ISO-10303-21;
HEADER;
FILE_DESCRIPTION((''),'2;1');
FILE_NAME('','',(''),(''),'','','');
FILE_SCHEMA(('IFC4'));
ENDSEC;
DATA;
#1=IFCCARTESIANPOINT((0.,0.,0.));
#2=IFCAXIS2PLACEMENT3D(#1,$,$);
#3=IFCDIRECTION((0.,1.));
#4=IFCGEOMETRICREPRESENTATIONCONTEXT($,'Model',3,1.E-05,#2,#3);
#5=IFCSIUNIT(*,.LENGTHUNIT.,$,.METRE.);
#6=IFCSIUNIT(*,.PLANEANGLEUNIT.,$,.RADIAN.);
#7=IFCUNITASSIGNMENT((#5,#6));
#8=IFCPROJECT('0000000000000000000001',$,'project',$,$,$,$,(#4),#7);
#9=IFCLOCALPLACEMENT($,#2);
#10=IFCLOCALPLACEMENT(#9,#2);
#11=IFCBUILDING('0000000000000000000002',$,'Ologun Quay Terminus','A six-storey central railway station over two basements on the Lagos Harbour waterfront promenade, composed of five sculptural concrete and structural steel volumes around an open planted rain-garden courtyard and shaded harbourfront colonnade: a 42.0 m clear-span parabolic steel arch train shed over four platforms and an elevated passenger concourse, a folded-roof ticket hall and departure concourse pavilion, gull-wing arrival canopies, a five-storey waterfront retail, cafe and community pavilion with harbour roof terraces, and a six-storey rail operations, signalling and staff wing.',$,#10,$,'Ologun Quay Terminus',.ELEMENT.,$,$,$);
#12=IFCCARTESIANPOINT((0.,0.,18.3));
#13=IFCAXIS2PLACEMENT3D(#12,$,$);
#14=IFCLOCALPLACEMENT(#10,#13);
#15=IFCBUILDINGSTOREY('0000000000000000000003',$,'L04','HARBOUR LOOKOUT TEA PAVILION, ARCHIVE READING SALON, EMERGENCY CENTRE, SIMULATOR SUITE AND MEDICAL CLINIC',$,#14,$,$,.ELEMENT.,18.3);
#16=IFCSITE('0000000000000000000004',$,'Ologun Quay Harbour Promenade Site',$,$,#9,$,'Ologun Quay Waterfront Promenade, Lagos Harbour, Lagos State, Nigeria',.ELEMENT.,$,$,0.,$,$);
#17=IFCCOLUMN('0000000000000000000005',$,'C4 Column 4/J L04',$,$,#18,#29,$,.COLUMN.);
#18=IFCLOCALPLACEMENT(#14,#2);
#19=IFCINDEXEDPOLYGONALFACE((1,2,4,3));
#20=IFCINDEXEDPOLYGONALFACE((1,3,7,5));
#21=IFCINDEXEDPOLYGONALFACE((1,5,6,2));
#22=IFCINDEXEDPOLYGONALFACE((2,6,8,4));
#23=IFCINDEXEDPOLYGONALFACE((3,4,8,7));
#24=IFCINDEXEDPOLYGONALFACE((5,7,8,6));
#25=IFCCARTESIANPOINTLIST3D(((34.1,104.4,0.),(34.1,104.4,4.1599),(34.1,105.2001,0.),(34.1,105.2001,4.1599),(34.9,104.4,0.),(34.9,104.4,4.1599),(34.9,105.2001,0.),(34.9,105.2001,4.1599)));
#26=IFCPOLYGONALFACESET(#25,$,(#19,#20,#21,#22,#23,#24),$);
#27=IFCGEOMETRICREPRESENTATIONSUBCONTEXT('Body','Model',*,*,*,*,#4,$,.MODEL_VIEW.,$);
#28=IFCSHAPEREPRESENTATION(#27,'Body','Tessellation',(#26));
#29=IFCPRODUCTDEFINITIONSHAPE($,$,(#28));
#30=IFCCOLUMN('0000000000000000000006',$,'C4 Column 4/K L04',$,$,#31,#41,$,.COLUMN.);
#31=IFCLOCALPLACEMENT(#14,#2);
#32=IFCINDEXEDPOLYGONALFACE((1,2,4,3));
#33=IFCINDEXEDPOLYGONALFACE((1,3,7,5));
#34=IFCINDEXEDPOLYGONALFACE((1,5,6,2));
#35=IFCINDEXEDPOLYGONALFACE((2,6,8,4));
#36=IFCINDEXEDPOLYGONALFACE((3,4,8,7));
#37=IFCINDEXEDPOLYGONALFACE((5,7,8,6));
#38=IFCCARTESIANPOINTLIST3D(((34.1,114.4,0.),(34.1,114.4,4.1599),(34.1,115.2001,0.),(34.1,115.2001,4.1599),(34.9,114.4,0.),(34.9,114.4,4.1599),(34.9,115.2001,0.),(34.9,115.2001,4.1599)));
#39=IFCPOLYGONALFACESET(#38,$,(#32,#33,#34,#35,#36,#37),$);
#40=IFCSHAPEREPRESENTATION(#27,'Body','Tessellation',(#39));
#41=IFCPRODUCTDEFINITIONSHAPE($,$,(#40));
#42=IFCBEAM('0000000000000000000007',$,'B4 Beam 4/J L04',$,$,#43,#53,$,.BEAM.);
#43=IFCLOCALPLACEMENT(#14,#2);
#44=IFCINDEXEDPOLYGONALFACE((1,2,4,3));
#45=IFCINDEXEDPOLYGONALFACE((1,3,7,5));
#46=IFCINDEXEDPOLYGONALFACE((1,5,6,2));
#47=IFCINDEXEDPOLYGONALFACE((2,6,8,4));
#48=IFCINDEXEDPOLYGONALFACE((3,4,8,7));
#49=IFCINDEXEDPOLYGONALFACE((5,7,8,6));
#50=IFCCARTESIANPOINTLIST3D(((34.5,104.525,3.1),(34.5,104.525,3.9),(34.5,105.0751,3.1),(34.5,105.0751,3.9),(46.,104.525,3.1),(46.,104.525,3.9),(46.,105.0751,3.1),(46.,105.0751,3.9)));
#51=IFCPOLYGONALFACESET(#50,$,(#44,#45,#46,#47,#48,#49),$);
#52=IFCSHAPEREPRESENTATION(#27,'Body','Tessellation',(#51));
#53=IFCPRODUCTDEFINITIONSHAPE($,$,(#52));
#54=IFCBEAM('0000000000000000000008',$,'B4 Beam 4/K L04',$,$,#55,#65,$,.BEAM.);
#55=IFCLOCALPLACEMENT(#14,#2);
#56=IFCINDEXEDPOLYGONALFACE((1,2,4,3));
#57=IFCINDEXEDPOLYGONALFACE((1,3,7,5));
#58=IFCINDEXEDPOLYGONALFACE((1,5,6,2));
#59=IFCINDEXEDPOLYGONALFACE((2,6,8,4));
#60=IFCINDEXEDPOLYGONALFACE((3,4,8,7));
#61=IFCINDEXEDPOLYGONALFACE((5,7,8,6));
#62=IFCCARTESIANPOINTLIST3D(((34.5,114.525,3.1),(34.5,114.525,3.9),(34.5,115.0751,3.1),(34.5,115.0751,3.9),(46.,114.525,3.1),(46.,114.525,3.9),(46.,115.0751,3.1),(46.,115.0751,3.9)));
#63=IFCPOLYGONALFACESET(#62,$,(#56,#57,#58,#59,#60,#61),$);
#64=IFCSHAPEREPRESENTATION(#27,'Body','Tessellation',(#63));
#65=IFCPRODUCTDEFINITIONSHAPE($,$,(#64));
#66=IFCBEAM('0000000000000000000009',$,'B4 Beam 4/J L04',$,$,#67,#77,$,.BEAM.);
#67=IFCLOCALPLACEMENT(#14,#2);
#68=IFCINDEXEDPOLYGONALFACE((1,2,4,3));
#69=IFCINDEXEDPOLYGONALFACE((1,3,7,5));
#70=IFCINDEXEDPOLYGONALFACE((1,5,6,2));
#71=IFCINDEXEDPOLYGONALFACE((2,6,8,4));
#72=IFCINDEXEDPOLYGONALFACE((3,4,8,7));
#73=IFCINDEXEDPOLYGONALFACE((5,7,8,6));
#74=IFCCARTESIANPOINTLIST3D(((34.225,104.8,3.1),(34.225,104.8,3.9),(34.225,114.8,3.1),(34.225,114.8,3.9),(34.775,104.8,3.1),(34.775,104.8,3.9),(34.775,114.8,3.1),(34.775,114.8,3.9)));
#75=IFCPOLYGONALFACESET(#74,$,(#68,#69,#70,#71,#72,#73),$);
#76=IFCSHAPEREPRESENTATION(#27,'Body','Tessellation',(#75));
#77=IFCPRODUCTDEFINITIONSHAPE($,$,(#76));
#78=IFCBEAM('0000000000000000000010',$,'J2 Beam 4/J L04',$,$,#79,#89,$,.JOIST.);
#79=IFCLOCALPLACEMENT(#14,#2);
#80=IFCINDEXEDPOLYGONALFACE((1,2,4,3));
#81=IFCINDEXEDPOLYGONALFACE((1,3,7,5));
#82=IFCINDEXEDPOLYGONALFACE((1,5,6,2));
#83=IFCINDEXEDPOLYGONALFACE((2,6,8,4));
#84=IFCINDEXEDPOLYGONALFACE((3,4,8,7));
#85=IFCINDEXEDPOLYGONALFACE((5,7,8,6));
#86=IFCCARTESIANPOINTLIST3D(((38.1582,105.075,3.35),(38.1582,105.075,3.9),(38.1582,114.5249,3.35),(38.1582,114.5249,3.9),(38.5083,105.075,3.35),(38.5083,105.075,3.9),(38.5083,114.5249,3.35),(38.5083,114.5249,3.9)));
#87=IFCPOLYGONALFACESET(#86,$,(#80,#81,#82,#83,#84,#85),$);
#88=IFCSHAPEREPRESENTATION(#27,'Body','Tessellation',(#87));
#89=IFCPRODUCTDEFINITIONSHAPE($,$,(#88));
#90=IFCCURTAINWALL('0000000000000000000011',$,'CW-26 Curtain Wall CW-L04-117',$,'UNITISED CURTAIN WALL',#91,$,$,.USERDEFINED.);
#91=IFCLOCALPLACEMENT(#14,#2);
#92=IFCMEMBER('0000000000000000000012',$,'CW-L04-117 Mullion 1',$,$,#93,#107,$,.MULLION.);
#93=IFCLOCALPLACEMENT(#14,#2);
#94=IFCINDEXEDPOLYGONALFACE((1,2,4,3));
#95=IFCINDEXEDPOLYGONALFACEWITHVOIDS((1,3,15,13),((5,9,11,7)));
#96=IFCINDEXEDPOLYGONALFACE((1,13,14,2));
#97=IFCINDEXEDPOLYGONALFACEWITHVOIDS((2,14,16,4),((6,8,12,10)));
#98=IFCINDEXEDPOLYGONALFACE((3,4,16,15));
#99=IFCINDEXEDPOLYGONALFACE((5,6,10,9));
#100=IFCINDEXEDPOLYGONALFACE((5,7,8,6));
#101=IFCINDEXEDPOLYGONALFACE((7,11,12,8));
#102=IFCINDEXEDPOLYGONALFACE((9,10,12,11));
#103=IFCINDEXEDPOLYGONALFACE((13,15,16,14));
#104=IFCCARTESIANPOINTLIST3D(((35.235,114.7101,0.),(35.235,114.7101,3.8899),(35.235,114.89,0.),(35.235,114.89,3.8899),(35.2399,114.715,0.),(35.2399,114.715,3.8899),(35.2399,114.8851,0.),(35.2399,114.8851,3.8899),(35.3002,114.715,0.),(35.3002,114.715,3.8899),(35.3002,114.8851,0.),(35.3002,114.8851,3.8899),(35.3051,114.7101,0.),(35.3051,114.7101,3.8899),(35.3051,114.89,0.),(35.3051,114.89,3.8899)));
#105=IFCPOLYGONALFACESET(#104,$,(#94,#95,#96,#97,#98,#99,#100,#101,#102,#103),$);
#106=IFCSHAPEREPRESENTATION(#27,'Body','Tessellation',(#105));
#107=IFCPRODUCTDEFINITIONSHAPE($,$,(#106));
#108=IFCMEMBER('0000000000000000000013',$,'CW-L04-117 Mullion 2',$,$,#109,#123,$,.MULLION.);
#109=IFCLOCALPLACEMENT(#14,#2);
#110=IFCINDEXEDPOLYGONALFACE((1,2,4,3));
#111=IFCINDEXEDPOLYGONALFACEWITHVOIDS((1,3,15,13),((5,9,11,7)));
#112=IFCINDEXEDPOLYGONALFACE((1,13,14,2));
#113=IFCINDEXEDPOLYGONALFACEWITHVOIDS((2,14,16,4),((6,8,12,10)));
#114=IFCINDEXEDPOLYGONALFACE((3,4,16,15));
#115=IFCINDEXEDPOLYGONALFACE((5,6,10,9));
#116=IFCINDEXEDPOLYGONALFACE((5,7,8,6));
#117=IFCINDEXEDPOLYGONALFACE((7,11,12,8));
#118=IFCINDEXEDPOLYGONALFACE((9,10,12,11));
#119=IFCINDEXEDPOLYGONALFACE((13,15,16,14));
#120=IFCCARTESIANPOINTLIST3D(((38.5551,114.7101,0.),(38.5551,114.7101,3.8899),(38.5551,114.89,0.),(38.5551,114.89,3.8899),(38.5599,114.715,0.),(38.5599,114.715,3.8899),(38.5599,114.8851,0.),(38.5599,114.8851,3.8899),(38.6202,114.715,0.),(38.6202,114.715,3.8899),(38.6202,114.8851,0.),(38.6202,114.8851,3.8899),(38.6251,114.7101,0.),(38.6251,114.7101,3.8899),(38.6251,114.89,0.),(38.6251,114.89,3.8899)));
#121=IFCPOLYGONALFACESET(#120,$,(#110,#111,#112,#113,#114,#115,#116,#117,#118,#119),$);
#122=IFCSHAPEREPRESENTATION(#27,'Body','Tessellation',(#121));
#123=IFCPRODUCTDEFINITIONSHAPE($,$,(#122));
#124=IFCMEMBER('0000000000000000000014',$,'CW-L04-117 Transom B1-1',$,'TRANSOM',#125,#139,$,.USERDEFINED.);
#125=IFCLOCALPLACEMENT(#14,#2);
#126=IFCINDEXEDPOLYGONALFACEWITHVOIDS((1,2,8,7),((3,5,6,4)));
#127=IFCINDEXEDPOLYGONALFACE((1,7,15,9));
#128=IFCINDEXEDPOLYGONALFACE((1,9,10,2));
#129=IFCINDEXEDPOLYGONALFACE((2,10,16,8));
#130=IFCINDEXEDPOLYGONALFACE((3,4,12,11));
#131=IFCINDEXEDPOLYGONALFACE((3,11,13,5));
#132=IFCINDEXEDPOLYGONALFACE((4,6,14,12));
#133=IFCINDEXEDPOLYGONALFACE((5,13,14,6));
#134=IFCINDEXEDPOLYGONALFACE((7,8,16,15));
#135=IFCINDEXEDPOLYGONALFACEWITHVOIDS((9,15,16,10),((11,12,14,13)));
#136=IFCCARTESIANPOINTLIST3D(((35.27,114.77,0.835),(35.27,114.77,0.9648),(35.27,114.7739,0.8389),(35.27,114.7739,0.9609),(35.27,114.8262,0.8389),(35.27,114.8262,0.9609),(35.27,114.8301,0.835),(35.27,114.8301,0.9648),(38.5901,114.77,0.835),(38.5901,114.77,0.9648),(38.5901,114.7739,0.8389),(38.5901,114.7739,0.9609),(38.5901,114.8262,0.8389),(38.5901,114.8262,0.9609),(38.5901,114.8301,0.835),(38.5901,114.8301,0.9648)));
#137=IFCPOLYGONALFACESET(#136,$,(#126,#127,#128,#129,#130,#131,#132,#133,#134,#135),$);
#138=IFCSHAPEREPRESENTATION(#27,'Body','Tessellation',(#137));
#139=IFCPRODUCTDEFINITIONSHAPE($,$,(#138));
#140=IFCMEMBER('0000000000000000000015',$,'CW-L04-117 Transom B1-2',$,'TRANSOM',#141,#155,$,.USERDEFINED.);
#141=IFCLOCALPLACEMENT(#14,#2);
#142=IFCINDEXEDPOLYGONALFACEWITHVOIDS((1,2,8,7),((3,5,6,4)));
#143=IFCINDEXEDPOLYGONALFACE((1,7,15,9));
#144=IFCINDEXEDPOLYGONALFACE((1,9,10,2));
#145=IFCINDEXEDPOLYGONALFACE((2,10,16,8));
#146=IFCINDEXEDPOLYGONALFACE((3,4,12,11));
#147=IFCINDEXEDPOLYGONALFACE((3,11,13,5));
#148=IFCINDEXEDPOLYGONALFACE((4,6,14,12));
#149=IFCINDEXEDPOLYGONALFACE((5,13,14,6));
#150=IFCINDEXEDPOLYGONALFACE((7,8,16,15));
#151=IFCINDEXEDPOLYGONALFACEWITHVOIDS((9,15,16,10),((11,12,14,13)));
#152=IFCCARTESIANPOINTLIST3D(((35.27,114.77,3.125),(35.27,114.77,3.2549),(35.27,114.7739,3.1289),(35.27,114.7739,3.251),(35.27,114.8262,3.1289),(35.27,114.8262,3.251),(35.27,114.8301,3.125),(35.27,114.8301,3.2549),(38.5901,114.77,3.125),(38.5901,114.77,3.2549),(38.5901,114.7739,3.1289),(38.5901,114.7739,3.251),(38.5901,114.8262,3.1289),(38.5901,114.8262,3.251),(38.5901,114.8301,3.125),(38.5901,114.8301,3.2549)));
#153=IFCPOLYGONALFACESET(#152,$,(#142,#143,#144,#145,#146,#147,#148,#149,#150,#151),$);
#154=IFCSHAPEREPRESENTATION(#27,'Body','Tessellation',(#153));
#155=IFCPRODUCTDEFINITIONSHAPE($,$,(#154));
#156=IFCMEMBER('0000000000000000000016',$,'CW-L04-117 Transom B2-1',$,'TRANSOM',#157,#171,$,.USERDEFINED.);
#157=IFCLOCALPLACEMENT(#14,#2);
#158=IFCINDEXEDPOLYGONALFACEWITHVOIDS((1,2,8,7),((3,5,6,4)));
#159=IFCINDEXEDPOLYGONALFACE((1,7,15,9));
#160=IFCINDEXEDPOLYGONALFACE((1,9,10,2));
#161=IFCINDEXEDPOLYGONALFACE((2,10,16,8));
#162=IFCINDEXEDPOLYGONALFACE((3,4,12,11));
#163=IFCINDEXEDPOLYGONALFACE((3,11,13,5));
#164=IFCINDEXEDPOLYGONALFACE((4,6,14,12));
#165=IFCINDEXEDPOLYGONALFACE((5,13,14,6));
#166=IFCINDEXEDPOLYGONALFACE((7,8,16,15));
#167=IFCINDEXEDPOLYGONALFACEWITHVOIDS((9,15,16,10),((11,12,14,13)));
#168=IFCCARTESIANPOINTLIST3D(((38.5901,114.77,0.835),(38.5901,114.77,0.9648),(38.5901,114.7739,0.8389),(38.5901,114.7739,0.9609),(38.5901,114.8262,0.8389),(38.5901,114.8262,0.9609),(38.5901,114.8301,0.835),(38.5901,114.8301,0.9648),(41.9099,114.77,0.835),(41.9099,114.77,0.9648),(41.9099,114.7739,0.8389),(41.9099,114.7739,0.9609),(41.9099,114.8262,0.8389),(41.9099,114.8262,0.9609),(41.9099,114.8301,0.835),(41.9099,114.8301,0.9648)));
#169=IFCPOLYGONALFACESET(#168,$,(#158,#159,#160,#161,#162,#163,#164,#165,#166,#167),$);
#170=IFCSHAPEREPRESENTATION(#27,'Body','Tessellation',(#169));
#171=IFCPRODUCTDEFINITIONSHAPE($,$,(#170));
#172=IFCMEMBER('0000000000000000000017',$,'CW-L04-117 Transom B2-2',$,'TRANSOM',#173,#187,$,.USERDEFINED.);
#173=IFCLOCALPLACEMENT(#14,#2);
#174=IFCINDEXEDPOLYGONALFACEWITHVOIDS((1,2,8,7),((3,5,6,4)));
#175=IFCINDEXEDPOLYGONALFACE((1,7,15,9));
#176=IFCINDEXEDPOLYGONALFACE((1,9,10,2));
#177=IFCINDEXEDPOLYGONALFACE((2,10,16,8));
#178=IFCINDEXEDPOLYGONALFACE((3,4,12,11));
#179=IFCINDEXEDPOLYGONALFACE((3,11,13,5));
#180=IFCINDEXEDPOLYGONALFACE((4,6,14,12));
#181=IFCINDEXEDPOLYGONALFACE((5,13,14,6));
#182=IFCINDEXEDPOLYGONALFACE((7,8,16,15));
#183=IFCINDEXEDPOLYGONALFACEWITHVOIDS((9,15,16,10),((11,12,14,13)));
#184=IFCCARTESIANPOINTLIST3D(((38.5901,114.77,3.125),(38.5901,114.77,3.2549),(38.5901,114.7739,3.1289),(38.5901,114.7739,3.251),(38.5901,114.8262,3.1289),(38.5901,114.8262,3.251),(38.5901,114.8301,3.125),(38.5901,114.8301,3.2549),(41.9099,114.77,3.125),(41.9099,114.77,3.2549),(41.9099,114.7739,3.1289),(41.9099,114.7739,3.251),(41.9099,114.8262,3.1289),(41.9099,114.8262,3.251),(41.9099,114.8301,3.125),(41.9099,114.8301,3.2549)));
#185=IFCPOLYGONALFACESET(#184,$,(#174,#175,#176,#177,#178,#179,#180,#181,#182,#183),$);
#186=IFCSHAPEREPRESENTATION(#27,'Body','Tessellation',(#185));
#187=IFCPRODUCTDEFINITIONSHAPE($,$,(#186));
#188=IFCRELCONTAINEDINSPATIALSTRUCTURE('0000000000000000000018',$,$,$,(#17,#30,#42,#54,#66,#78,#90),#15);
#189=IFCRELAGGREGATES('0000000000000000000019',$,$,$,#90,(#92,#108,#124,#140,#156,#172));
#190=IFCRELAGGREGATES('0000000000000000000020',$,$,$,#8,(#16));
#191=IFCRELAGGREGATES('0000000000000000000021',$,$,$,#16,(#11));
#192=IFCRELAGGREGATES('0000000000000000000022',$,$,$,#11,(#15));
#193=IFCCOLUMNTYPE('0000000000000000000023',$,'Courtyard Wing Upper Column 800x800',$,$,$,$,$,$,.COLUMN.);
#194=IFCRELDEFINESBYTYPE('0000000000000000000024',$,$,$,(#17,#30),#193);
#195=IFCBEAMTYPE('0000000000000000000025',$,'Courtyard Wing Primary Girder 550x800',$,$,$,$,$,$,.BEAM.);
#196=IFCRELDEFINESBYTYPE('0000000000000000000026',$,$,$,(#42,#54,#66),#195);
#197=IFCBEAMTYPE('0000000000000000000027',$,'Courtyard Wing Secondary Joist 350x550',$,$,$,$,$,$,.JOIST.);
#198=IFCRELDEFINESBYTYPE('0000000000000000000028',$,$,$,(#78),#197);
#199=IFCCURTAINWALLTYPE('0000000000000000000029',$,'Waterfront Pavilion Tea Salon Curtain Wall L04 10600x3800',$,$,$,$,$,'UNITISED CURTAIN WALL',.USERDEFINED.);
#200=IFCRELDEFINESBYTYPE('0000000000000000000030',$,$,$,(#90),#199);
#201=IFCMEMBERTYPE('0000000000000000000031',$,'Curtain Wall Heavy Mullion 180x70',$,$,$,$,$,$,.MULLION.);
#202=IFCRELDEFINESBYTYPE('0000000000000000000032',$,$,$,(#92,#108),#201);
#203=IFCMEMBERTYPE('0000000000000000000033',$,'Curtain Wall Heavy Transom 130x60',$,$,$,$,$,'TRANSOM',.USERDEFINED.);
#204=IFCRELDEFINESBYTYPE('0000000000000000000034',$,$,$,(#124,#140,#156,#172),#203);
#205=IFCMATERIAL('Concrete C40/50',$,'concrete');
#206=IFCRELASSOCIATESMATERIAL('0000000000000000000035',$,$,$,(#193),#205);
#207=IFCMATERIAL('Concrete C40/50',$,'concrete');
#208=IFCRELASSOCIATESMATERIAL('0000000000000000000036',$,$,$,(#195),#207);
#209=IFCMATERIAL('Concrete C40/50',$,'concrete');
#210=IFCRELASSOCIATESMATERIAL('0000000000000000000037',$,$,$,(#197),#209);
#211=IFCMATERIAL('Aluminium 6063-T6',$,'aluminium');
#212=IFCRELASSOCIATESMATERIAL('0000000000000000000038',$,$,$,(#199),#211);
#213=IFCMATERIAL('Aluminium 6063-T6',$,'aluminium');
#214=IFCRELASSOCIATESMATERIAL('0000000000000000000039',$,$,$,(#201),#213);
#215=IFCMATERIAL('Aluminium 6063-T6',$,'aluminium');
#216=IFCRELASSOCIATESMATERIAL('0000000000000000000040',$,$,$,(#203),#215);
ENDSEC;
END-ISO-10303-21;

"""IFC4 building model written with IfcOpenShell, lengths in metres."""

from ifc_helpers import new_model, si_unit, direction, frame, origin, origin_2d, place, context, subcontext, project, spatial, rectangle, hollow_rectangle, extrude, material, material_profile, profile_set, type_object, element, aggregate, save


model = new_model("IFC4")

# Units and contexts
model_context = context("Model", 3, precision=1e-05, world=origin(), true_north=direction((0.0, 1.0)))
body_context = subcontext(model_context, "Body", "Model", "MODEL_VIEW")
ifc_project = project(units=[si_unit("LENGTHUNIT", "METRE"), si_unit("PLANEANGLEUNIT", "RADIAN")], contexts=[model_context])

# Site, building, storey
site_placement = place(None, origin())
site = spatial("IfcSite", under=ifc_project, at=site_placement, Name="Ologun Quay Harbour Promenade Site", LongName="Ologun Quay Waterfront Promenade, Lagos Harbour, Lagos State, Nigeria", CompositionType="ELEMENT", RefElevation=0.0)
building_placement = place(site_placement, origin())
building = spatial("IfcBuilding", under=site, at=building_placement, Name="Ologun Quay Terminus", Description="A six-storey central railway station over two basements on the Lagos Harbour waterfront promenade, composed of five sculptural concrete and structural steel volumes around an open planted rain-garden courtyard and shaded harbourfront colonnade: a 42.0 m clear-span parabolic steel arch train shed over four platforms and an elevated passenger concourse, a folded-roof ticket hall and departure concourse pavilion, gull-wing arrival canopies, a five-storey waterfront retail, cafe and community pavilion with harbour roof terraces, and a six-storey rail operations, signalling and staff wing.", LongName="Ologun Quay Terminus", CompositionType="ELEMENT")
storey_placement = place(building_placement, frame((0.0, 0.0, 18.3)))
storey = spatial("IfcBuildingStorey", under=building, at=storey_placement, Name="L04", Description="HARBOUR LOOKOUT TEA PAVILION, ARCHIVE READING SALON, EMERGENCY CENTRE, SIMULATOR SUITE AND MEDICAL CLINIC", CompositionType="ELEMENT", Elevation=18.3)

# Columns
ifc_material_1 = material(Name="Concrete C40/50", Category="concrete")
ifc_material_profile_1 = material_profile(ifc_material_1, rectangle(XDim=0.8, YDim=0.8, at=origin_2d()), Name="RC 800x800")
ifc_profile_set_1 = profile_set([ifc_material_profile_1], Name="Concrete C40/50")
column_type = type_object("IfcColumnType", Name="Courtyard Wing Upper Column 800x800", PredefinedType="COLUMN", material=ifc_profile_set_1)
for number, where, z_axis, x_axis, name in (
    (1, (34.5, 104.8, 0.0), (0.0, 0.0, 1.0), (1.0, 0.0, 0.0), "C4 Column 4/J L04"),
    (2, (34.5, 114.8, 0.0), (0.0, 0.0, 1.0), (1.0, 0.0, 0.0), "C4 Column 4/K L04"),
):
    element("IfcColumn", number, at=place(storey_placement, frame(where, z_axis=z_axis, x_axis=x_axis)), inside=storey, type_object=column_type, Name=name, PredefinedType="COLUMN", context=body_context, shape_type="SweptSolid", body=[
        extrude(rectangle(XDim=0.8, YDim=0.8, at=origin_2d()), origin(), (0.0, 0.0, 1.0), 4.1599),
    ])

# Beams
ifc_material_2 = material(Name="Concrete C40/50", Category="concrete")
ifc_material_profile_2 = material_profile(ifc_material_2, rectangle(XDim=0.55, YDim=0.8, at=origin_2d()), Name="RC 550x800")
ifc_profile_set_2 = profile_set([ifc_material_profile_2], Name="Concrete C40/50")
beam_type_1 = type_object("IfcBeamType", Name="Courtyard Wing Primary Girder 550x800", PredefinedType="BEAM", material=ifc_profile_set_2)
for number, where, z_axis, x_axis, name in (
    (3, (34.5, 104.8, 3.5), (1.0, 0.0, 0.0), (0.0, 1.0, 0.0), "B4 Beam 4/J L04"),
    (4, (34.5, 114.8, 3.5), (1.0, 0.0, 0.0), (0.0, 1.0, 0.0), "B4 Beam 4/K L04"),
):
    element("IfcBeam", number, at=place(storey_placement, frame(where, z_axis=z_axis, x_axis=x_axis)), inside=storey, type_object=beam_type_1, Name=name, PredefinedType="BEAM", context=body_context, shape_type="SweptSolid", body=[
        extrude(rectangle(XDim=0.55, YDim=0.8, at=origin_2d()), origin(), (0.0, 0.0, 1.0), 11.5),
    ])
beam_1_placement = place(storey_placement, frame((34.5, 104.8, 3.5), z_axis=(0.0, 1.0, 0.0), x_axis=(-1.0, 0.0, 0.0)))
element("IfcBeam", 5, at=beam_1_placement, inside=storey, type_object=beam_type_1, Name="B4 Beam 4/J L04", PredefinedType="BEAM", context=body_context, shape_type="SweptSolid", body=[
    extrude(rectangle(XDim=0.55, YDim=0.8, at=origin_2d()), origin(), (0.0, 0.0, 1.0), 10.0),
])
ifc_material_3 = material(Name="Concrete C40/50", Category="concrete")
ifc_material_profile_3 = material_profile(ifc_material_3, rectangle(XDim=0.3501, YDim=0.55, at=origin_2d()), Name="RC 350x550")
ifc_profile_set_3 = profile_set([ifc_material_profile_3], Name="Concrete C40/50")
beam_type_2 = type_object("IfcBeamType", Name="Courtyard Wing Secondary Joist 350x550", PredefinedType="JOIST", material=ifc_profile_set_3)
beam_2_placement = place(storey_placement, frame((38.3333, 105.075, 3.625), z_axis=(0.0, 1.0, 0.0), x_axis=(-1.0, 0.0, 0.0)))
element("IfcBeam", 6, at=beam_2_placement, inside=storey, type_object=beam_type_2, Name="J2 Beam 4/J L04", PredefinedType="JOIST", context=body_context, shape_type="SweptSolid", body=[
    extrude(rectangle(XDim=0.3501, YDim=0.55, at=origin_2d()), origin(), (0.0, 0.0, 1.0), 9.45),
])

# Curtain wall, members
ifc_material_4 = material(Name="Aluminium 6063-T6", Category="aluminium")
curtain_wall_type = type_object("IfcCurtainWallType", Name="Waterfront Pavilion Tea Salon Curtain Wall L04 10600x3800", ElementType="UNITISED CURTAIN WALL", PredefinedType="USERDEFINED", material=ifc_material_4)
curtain_wall_placement = place(storey_placement, origin())
curtain_wall = element("IfcCurtainWall", 7, at=curtain_wall_placement, inside=storey, type_object=curtain_wall_type, Name="CW-26 Curtain Wall CW-L04-117", ObjectType="UNITISED CURTAIN WALL", PredefinedType="USERDEFINED")
ifc_material_5 = material(Name="Aluminium 6063-T6", Category="aluminium")
ifc_material_profile_4 = material_profile(ifc_material_5, hollow_rectangle(XDim=0.0701, YDim=0.1799, WallThickness=0.0049, at=origin_2d()), Name="ALU 180x70x5")
ifc_profile_set_4 = profile_set([ifc_material_profile_4], Name="Aluminium 6063-T6")
member_type_1 = type_object("IfcMemberType", Name="Curtain Wall Heavy Mullion 180x70", PredefinedType="MULLION", material=ifc_profile_set_4)
member_1_placement = place(storey_placement, frame((35.27, 114.8, 0.0), z_axis=(0.0, 0.0, 1.0), x_axis=(1.0, 0.0, 0.0)))
member_1 = element("IfcMember", 8, at=member_1_placement, type_object=member_type_1, Name="CW-L04-117 Mullion 1", PredefinedType="MULLION", context=body_context, shape_type="SweptSolid", body=[
    extrude(hollow_rectangle(XDim=0.0701, YDim=0.1799, WallThickness=0.0049, at=origin_2d()), origin(), (0.0, 0.0, 1.0), 3.8899),
])
member_2_placement = place(storey_placement, frame((38.5901, 114.8, 0.0), z_axis=(0.0, 0.0, 1.0), x_axis=(1.0, 0.0, 0.0)))
member_2 = element("IfcMember", 9, at=member_2_placement, type_object=member_type_1, Name="CW-L04-117 Mullion 2", PredefinedType="MULLION", context=body_context, shape_type="SweptSolid", body=[
    extrude(hollow_rectangle(XDim=0.0701, YDim=0.1799, WallThickness=0.0049, at=origin_2d()), origin(), (0.0, 0.0, 1.0), 3.8899),
])
ifc_material_6 = material(Name="Aluminium 6063-T6", Category="aluminium")
ifc_material_profile_5 = material_profile(ifc_material_6, hollow_rectangle(XDim=0.0601, YDim=0.1299, WallThickness=0.0039, at=origin_2d()), Name="ALU 130x60x4")
ifc_profile_set_5 = profile_set([ifc_material_profile_5], Name="Aluminium 6063-T6")
member_type_2 = type_object("IfcMemberType", Name="Curtain Wall Heavy Transom 130x60", ElementType="TRANSOM", PredefinedType="USERDEFINED", material=ifc_profile_set_5)
member_3_placement = place(storey_placement, frame((35.27, 114.8, 0.8999), z_axis=(1.0, 0.0, 0.0), x_axis=(0.0, 1.0, 0.0)))
member_3 = element("IfcMember", 10, at=member_3_placement, type_object=member_type_2, Name="CW-L04-117 Transom B1-1", ObjectType="TRANSOM", PredefinedType="USERDEFINED", context=body_context, shape_type="SweptSolid", body=[
    extrude(hollow_rectangle(XDim=0.0601, YDim=0.1299, WallThickness=0.0039, at=origin_2d()), origin(), (0.0, 0.0, 1.0), 3.3201),
])
member_4_placement = place(storey_placement, frame((35.27, 114.8, 3.1899), z_axis=(1.0, 0.0, 0.0), x_axis=(0.0, 1.0, 0.0)))
member_4 = element("IfcMember", 11, at=member_4_placement, type_object=member_type_2, Name="CW-L04-117 Transom B1-2", ObjectType="TRANSOM", PredefinedType="USERDEFINED", context=body_context, shape_type="SweptSolid", body=[
    extrude(hollow_rectangle(XDim=0.0601, YDim=0.1299, WallThickness=0.0039, at=origin_2d()), origin(), (0.0, 0.0, 1.0), 3.3201),
])
member_5_placement = place(storey_placement, frame((38.5901, 114.8, 0.8999), z_axis=(1.0, 0.0, 0.0), x_axis=(0.0, 1.0, 0.0)))
member_5 = element("IfcMember", 12, at=member_5_placement, type_object=member_type_2, Name="CW-L04-117 Transom B2-1", ObjectType="TRANSOM", PredefinedType="USERDEFINED", context=body_context, shape_type="SweptSolid", body=[
    extrude(hollow_rectangle(XDim=0.0601, YDim=0.1299, WallThickness=0.0039, at=origin_2d()), origin(), (0.0, 0.0, 1.0), 3.3198),
])
member_6_placement = place(storey_placement, frame((38.5901, 114.8, 3.1899), z_axis=(1.0, 0.0, 0.0), x_axis=(0.0, 1.0, 0.0)))
member_6 = element("IfcMember", 13, at=member_6_placement, type_object=member_type_2, Name="CW-L04-117 Transom B2-2", ObjectType="TRANSOM", PredefinedType="USERDEFINED", context=body_context, shape_type="SweptSolid", body=[
    extrude(hollow_rectangle(XDim=0.0601, YDim=0.1299, WallThickness=0.0039, at=origin_2d()), origin(), (0.0, 0.0, 1.0), 3.3198),
])
aggregate(curtain_wall, [member_1, member_2, member_3, member_4, member_5, member_6])

save(model, "model.ifc")
